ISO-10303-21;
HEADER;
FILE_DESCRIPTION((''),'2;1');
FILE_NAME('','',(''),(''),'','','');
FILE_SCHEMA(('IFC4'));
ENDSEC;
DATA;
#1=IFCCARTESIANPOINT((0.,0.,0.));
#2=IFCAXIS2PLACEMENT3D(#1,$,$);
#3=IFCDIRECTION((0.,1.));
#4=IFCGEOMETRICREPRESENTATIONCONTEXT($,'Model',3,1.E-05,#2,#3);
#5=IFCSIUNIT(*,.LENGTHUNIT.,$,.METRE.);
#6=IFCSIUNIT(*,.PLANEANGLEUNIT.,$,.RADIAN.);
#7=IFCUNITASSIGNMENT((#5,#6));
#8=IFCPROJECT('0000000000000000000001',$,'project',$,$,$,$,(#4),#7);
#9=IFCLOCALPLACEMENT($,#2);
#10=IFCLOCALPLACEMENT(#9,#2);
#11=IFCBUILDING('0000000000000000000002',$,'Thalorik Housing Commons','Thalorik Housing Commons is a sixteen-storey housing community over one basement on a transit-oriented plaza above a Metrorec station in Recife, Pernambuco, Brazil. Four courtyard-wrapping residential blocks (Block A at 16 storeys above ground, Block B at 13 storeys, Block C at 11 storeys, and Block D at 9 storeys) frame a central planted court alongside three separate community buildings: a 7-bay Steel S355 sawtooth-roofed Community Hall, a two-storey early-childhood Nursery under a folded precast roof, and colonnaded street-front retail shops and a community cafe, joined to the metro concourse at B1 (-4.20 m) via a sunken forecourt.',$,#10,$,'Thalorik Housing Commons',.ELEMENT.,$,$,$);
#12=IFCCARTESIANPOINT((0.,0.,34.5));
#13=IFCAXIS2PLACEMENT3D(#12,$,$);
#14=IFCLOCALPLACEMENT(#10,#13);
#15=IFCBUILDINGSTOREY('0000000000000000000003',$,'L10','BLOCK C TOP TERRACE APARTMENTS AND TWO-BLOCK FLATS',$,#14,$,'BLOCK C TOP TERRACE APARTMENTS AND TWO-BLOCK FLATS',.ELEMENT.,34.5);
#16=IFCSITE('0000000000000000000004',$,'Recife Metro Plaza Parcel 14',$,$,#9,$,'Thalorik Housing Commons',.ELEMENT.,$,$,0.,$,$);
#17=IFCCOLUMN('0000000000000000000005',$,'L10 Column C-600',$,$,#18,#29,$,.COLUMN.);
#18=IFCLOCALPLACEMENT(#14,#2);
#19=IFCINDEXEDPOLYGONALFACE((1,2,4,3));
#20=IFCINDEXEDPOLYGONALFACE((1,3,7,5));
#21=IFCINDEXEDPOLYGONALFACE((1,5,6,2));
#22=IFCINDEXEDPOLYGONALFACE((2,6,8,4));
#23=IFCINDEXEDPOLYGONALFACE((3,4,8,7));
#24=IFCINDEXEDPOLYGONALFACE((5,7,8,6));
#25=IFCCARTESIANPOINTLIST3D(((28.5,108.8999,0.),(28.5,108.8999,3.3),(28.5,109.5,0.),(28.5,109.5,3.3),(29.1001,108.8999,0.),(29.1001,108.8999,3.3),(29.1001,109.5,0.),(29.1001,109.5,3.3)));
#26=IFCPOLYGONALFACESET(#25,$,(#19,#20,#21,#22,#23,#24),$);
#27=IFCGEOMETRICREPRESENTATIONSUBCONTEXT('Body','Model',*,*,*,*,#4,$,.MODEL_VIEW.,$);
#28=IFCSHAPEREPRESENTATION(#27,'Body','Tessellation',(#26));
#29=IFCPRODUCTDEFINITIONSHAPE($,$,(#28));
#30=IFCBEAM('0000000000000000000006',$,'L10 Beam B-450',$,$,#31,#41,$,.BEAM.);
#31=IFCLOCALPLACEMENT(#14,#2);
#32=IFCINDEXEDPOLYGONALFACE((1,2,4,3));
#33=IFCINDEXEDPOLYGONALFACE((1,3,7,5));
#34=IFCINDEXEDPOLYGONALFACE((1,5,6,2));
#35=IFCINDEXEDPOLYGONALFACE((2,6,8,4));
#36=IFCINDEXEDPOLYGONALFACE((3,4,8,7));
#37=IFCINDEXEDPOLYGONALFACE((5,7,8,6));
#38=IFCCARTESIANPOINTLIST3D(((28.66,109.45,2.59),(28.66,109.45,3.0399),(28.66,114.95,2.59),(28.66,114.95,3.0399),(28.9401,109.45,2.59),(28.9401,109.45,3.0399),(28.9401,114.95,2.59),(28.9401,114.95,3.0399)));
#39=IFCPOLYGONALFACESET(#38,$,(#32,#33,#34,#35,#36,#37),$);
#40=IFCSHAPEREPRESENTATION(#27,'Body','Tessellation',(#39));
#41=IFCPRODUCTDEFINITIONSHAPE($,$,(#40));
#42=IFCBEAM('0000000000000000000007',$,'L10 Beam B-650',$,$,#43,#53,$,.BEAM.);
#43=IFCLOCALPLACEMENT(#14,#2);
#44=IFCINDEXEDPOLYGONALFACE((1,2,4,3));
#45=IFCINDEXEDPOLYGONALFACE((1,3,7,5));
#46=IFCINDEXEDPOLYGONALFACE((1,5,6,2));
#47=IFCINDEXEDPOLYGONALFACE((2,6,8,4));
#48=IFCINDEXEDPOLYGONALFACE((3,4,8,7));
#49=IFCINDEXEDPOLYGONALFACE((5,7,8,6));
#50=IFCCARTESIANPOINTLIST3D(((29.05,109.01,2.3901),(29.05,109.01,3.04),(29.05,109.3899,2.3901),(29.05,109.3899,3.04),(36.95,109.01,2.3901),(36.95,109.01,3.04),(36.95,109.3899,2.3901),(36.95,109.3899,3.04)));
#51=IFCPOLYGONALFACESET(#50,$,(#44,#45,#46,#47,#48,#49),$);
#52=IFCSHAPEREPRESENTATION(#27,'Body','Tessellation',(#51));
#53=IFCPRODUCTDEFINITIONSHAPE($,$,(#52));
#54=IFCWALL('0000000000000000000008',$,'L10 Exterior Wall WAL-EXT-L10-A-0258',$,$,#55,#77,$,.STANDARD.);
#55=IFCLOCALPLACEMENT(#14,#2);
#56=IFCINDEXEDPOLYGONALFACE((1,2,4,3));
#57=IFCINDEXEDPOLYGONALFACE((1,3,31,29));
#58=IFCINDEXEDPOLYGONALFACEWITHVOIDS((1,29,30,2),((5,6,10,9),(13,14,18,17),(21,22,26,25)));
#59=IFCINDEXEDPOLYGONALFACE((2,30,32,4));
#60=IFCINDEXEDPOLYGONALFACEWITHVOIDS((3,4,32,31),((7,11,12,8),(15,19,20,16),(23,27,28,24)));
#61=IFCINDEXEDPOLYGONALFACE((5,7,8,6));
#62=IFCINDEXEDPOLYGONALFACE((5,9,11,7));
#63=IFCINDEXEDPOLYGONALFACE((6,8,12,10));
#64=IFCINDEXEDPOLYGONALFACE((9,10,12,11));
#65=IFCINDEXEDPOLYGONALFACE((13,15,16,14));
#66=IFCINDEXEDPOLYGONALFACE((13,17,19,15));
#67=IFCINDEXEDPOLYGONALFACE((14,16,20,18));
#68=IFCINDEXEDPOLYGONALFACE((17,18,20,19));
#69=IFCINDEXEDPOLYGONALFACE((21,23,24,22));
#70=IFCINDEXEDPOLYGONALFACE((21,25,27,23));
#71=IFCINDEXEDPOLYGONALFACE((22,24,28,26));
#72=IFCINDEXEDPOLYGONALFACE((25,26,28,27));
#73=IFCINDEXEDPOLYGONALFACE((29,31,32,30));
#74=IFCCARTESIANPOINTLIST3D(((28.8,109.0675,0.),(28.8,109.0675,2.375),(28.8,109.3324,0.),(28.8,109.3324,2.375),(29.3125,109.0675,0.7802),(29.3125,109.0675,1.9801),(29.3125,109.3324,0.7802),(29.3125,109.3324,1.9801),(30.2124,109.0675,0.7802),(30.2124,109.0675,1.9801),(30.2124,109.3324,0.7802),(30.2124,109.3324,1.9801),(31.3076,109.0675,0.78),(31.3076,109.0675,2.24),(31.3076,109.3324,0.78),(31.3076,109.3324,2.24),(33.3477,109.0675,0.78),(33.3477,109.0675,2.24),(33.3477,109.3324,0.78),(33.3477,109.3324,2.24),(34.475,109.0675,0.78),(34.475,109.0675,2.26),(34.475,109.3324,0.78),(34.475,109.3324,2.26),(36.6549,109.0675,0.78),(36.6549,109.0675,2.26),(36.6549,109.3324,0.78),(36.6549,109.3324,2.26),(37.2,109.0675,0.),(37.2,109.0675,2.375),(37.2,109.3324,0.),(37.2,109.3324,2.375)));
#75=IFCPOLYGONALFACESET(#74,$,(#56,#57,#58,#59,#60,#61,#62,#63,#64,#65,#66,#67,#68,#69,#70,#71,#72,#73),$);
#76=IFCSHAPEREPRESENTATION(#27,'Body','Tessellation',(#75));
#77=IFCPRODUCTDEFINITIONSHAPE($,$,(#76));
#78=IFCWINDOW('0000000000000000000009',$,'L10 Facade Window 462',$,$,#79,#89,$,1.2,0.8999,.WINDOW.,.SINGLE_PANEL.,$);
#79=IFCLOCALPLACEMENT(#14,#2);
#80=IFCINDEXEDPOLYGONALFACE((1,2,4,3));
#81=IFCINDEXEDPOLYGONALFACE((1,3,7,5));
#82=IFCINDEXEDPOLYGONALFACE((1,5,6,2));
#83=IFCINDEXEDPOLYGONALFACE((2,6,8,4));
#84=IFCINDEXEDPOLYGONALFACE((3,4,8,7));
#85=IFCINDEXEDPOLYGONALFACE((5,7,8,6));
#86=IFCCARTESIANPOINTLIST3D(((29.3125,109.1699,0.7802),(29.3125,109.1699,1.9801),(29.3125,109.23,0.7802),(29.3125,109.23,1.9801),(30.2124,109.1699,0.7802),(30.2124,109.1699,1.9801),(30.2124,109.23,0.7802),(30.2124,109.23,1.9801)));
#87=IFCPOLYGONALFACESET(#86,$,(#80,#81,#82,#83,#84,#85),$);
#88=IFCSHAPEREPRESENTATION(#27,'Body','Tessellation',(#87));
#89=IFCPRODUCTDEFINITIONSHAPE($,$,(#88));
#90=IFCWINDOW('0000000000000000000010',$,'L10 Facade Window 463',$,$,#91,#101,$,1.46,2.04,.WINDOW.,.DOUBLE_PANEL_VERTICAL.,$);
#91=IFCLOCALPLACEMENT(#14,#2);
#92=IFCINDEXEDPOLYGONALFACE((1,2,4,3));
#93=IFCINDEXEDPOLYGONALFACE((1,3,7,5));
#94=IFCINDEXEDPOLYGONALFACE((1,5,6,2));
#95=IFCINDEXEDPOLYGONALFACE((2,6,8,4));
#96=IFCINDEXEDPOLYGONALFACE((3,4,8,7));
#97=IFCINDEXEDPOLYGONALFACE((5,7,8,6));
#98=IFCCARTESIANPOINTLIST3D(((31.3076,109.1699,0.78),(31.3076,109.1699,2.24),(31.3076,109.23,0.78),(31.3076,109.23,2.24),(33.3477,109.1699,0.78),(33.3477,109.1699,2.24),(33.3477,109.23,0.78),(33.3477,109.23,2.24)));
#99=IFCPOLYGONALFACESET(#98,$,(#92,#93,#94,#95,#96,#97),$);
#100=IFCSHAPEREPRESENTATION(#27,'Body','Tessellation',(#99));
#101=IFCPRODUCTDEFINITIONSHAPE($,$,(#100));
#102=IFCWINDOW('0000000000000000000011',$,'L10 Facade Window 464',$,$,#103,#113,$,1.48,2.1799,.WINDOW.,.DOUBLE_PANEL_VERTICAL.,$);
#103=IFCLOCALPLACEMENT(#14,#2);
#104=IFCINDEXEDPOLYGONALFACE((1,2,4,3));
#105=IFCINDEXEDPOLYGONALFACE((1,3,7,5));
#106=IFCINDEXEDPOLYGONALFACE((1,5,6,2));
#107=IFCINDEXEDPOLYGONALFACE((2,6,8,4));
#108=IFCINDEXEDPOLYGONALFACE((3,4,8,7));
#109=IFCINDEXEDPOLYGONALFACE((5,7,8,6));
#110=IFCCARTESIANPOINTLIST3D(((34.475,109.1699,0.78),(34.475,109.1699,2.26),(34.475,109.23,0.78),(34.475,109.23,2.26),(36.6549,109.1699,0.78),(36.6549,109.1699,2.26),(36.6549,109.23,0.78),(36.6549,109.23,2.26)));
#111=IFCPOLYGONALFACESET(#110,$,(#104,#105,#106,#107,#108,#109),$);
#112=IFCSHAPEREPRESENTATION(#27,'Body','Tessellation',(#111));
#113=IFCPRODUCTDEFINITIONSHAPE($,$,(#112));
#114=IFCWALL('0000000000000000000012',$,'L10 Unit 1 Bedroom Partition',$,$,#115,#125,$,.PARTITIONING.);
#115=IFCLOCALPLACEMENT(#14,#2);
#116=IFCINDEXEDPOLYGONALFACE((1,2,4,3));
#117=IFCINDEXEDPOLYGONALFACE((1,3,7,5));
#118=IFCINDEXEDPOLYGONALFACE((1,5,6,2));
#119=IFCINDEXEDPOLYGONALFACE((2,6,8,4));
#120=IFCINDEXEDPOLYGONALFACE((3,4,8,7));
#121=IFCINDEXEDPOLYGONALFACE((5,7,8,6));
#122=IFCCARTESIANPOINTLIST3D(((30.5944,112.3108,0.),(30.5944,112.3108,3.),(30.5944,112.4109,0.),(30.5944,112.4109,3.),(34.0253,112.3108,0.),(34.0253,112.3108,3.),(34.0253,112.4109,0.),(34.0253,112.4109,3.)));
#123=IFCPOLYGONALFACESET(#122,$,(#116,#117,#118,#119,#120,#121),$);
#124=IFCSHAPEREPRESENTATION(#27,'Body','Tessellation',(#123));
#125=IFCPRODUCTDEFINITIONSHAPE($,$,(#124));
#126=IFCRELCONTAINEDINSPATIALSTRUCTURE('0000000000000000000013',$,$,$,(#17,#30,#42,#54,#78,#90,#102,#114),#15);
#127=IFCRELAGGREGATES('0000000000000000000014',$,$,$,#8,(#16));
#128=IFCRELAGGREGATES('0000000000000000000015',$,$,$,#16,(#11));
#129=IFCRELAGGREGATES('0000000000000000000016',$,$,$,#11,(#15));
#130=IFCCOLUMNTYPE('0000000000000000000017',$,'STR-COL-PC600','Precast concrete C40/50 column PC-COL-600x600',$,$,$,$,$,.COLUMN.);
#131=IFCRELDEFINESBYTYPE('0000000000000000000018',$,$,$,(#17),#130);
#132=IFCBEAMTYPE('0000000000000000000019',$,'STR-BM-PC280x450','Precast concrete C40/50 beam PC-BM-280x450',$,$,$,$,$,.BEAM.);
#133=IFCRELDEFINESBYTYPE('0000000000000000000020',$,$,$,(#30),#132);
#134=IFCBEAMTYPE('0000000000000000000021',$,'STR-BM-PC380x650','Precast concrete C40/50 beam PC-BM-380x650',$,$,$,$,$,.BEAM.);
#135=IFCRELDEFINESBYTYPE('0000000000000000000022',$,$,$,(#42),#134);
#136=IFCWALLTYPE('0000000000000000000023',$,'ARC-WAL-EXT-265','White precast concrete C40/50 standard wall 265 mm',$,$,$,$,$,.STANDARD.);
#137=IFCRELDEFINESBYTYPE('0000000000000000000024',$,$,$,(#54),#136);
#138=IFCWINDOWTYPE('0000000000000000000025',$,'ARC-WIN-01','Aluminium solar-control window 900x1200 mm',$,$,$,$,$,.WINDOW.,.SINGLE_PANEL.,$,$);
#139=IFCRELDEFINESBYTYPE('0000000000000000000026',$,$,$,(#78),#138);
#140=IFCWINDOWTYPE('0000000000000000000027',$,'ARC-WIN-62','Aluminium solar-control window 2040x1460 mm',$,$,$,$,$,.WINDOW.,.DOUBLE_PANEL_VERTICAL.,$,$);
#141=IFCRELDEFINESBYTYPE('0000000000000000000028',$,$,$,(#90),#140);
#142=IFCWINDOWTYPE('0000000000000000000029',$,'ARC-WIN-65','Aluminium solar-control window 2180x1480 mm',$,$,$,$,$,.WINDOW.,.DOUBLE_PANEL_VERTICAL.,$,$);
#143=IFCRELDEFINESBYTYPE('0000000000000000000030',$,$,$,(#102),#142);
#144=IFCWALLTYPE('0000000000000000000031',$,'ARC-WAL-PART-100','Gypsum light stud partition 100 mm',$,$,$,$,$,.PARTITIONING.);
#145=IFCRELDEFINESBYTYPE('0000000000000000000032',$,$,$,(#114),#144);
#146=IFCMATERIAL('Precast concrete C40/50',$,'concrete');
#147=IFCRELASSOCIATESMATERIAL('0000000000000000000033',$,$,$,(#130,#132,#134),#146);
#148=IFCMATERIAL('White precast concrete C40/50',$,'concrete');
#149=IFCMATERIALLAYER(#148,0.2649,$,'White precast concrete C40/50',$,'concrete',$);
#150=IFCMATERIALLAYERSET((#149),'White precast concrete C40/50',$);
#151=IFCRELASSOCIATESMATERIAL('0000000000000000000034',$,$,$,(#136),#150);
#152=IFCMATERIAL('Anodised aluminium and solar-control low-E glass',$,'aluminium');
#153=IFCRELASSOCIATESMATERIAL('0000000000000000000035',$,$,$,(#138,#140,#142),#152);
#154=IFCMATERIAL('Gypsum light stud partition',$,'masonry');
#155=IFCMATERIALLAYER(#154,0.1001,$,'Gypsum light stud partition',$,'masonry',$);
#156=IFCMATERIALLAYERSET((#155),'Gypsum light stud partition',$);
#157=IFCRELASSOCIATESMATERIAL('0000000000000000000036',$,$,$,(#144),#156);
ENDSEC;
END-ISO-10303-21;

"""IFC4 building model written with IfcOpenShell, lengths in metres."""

from ifc_helpers import new_model, si_unit, direction, frame, frame_2d, origin, origin_2d, place, context, subcontext, project, spatial, rectangle, extrude, material, layer, layer_set, material_profile, profile_set, type_object, element, fill, save


model = new_model("IFC4")

# Units and contexts
model_context = context("Model", 3, precision=1e-05, world=origin(), true_north=direction((0.0, 1.0)))
body_context = subcontext(model_context, "Body", "Model", "MODEL_VIEW")
ifc_project = project(units=[si_unit("LENGTHUNIT", "METRE"), si_unit("PLANEANGLEUNIT", "RADIAN")], contexts=[model_context])

# Site, building, storey
site_placement = place(None, origin())
site = spatial("IfcSite", under=ifc_project, at=site_placement, Name="Recife Metro Plaza Parcel 14", LongName="Thalorik Housing Commons", CompositionType="ELEMENT", RefElevation=0.0)
building_placement = place(site_placement, origin())
building = spatial("IfcBuilding", under=site, at=building_placement, Name="Thalorik Housing Commons", Description="Thalorik Housing Commons is a sixteen-storey housing community over one basement on a transit-oriented plaza above a Metrorec station in Recife, Pernambuco, Brazil. Four courtyard-wrapping residential blocks (Block A at 16 storeys above ground, Block B at 13 storeys, Block C at 11 storeys, and Block D at 9 storeys) frame a central planted court alongside three separate community buildings: a 7-bay Steel S355 sawtooth-roofed Community Hall, a two-storey early-childhood Nursery under a folded precast roof, and colonnaded street-front retail shops and a community cafe, joined to the metro concourse at B1 (-4.20 m) via a sunken forecourt.", LongName="Thalorik Housing Commons", CompositionType="ELEMENT")
storey_placement = place(building_placement, frame((0.0, 0.0, 34.5)))
storey = spatial("IfcBuildingStorey", under=building, at=storey_placement, Name="L10", Description="BLOCK C TOP TERRACE APARTMENTS AND TWO-BLOCK FLATS", LongName="BLOCK C TOP TERRACE APARTMENTS AND TWO-BLOCK FLATS", CompositionType="ELEMENT", Elevation=34.5)

# Column
ifc_material_1 = material(Name="Precast concrete C40/50", Category="concrete")
ifc_material_profile_1 = material_profile(ifc_material_1, rectangle(XDim=0.6001, YDim=0.6001, at=origin_2d()), Name="PC 600x600", Category="concrete")
ifc_profile_set_1 = profile_set([ifc_material_profile_1], Name="Precast concrete C40/50")
column_type = type_object("IfcColumnType", Name="STR-COL-PC600", Description="Precast concrete C40/50 column PC-COL-600x600", PredefinedType="COLUMN", material=ifc_profile_set_1)
column_placement = place(storey_placement, frame((28.8, 109.2, 0.0), z_axis=(0.0, 0.0, 1.0), x_axis=(1.0, 0.0, 0.0)))
element("IfcColumn", 1, at=column_placement, inside=storey, type_object=column_type, Name="L10 Column C-600", PredefinedType="COLUMN", context=body_context, shape_type="SweptSolid", body=[
    extrude(rectangle(XDim=0.6001, YDim=0.6001, at=origin_2d()), origin(), (0.0, 0.0, 1.0), 3.3),
])

# Beams
ifc_material_profile_2 = material_profile(ifc_material_1, rectangle(XDim=0.28, YDim=0.45, at=origin_2d()), Name="PC 280x450", Category="concrete")
ifc_profile_set_2 = profile_set([ifc_material_profile_2], Name="Precast concrete C40/50")
beam_type_1 = type_object("IfcBeamType", Name="STR-BM-PC280x450", Description="Precast concrete C40/50 beam PC-BM-280x450", PredefinedType="BEAM", material=ifc_profile_set_2)
beam_1_placement = place(storey_placement, frame((28.8, 109.45, 2.8149), z_axis=(0.0, 1.0, 0.0), x_axis=(-1.0, 0.0, 0.0)))
element("IfcBeam", 2, at=beam_1_placement, inside=storey, type_object=beam_type_1, Name="L10 Beam B-450", PredefinedType="BEAM", context=body_context, shape_type="SweptSolid", body=[
    extrude(rectangle(XDim=0.28, YDim=0.45, at=origin_2d()), origin(), (0.0, 0.0, 1.0), 5.5),
])
ifc_material_profile_3 = material_profile(ifc_material_1, rectangle(XDim=0.3799, YDim=0.6499, at=origin_2d()), Name="PC 380x650", Category="concrete")
ifc_profile_set_3 = profile_set([ifc_material_profile_3], Name="Precast concrete C40/50")
beam_type_2 = type_object("IfcBeamType", Name="STR-BM-PC380x650", Description="Precast concrete C40/50 beam PC-BM-380x650", PredefinedType="BEAM", material=ifc_profile_set_3)
beam_2_placement = place(storey_placement, frame((29.05, 109.2, 2.7151), z_axis=(1.0, 0.0, 0.0), x_axis=(0.0, 1.0, 0.0)))
element("IfcBeam", 3, at=beam_2_placement, inside=storey, type_object=beam_type_2, Name="L10 Beam B-650", PredefinedType="BEAM", context=body_context, shape_type="SweptSolid", body=[
    extrude(rectangle(XDim=0.3799, YDim=0.6499, at=origin_2d()), origin(), (0.0, 0.0, 1.0), 7.8999),
])

# Wall, openings, windows
ifc_material_2 = material(Name="White precast concrete C40/50", Category="concrete")
ifc_layer_1 = layer(ifc_material_2, 0.2649, Name="White precast concrete C40/50", Category="concrete")
ifc_layer_set_1 = layer_set([ifc_layer_1], Name="White precast concrete C40/50")
wall_type_1 = type_object("IfcWallType", Name="ARC-WAL-EXT-265", Description="White precast concrete C40/50 standard wall 265 mm", PredefinedType="STANDARD", material=ifc_layer_set_1)
wall_1_placement = place(storey_placement, frame((28.8, 109.2, 0.0), z_axis=(0.0, 0.0, 1.0), x_axis=(1.0, 0.0, 0.0)))
wall_1 = element("IfcWall", 4, at=wall_1_placement, inside=storey, type_object=wall_type_1, Name="L10 Exterior Wall WAL-EXT-L10-A-0258", PredefinedType="STANDARD", context=body_context, shape_type="SweptSolid", body=[
    extrude(rectangle(XDim=8.3999, YDim=0.2649, at=frame_2d((4.2, 0.0))), origin(), (0.0, 0.0, 1.0), 2.375),
])
opening_1_placement = place(wall_1_placement, frame((0.5125, 0.0, 0.78)))
opening_1 = element("IfcOpeningElement", 5, at=opening_1_placement, cuts=wall_1, PredefinedType="OPENING", context=body_context, shape_type="SweptSolid", body=[
    extrude(rectangle(XDim=0.8999, YDim=1.2, at=frame_2d((0.45, 0.6001))), frame((0.0, 0.1426, 0.0), z_axis=(0.0, -1.0, 0.0), x_axis=(1.0, 0.0, 0.0)), (0.0, 0.0, 1.0), 0.2849),
])
opening_2_placement = place(wall_1_placement, frame((2.5076, 0.0, 0.78)))
opening_2 = element("IfcOpeningElement", 6, at=opening_2_placement, cuts=wall_1, PredefinedType="OPENING", context=body_context, shape_type="SweptSolid", body=[
    extrude(rectangle(XDim=2.04, YDim=1.46, at=frame_2d((1.02, 0.73))), frame((0.0, 0.1426, 0.0), z_axis=(0.0, -1.0, 0.0), x_axis=(1.0, 0.0, 0.0)), (0.0, 0.0, 1.0), 0.2849),
])
opening_3_placement = place(wall_1_placement, frame((5.675, 0.0, 0.78)))
opening_3 = element("IfcOpeningElement", 7, at=opening_3_placement, cuts=wall_1, PredefinedType="OPENING", context=body_context, shape_type="SweptSolid", body=[
    extrude(rectangle(XDim=2.1799, YDim=1.48, at=frame_2d((1.0898, 0.74))), frame((0.0, 0.1426, 0.0), z_axis=(0.0, -1.0, 0.0), x_axis=(1.0, 0.0, 0.0)), (0.0, 0.0, 1.0), 0.2849),
])
ifc_material_3 = material(Name="Anodised aluminium and solar-control low-E glass", Category="aluminium")
window_type_1 = type_object("IfcWindowType", Name="ARC-WIN-01", Description="Aluminium solar-control window 900x1200 mm", PartitioningType="SINGLE_PANEL", PredefinedType="WINDOW", material=ifc_material_3)
window_1_placement = place(opening_1_placement, origin())
window_1 = element("IfcWindow", 8, at=window_1_placement, inside=storey, type_object=window_type_1, Name="L10 Facade Window 462", OverallHeight=1.2, OverallWidth=0.8999, PartitioningType="SINGLE_PANEL", PredefinedType="WINDOW", context=body_context, shape_type="SweptSolid", body=[
    extrude(rectangle(XDim=0.8999, YDim=1.2, at=frame_2d((0.45, 0.6001))), frame((0.0, 0.03, 0.0), z_axis=(0.0, -1.0, 0.0), x_axis=(1.0, 0.0, 0.0)), (0.0, 0.0, 1.0), 0.0601),
])
fill(opening_1, window_1)
window_type_2 = type_object("IfcWindowType", Name="ARC-WIN-62", Description="Aluminium solar-control window 2040x1460 mm", PartitioningType="DOUBLE_PANEL_VERTICAL", PredefinedType="WINDOW", material=ifc_material_3)
window_2_placement = place(opening_2_placement, origin())
window_2 = element("IfcWindow", 9, at=window_2_placement, inside=storey, type_object=window_type_2, Name="L10 Facade Window 463", OverallHeight=1.46, OverallWidth=2.04, PartitioningType="DOUBLE_PANEL_VERTICAL", PredefinedType="WINDOW", context=body_context, shape_type="SweptSolid", body=[
    extrude(rectangle(XDim=2.04, YDim=1.46, at=frame_2d((1.02, 0.73))), frame((0.0, 0.03, 0.0), z_axis=(0.0, -1.0, 0.0), x_axis=(1.0, 0.0, 0.0)), (0.0, 0.0, 1.0), 0.0601),
])
fill(opening_2, window_2)
window_type_3 = type_object("IfcWindowType", Name="ARC-WIN-65", Description="Aluminium solar-control window 2180x1480 mm", PartitioningType="DOUBLE_PANEL_VERTICAL", PredefinedType="WINDOW", material=ifc_material_3)
window_3_placement = place(opening_3_placement, origin())
window_3 = element("IfcWindow", 10, at=window_3_placement, inside=storey, type_object=window_type_3, Name="L10 Facade Window 464", OverallHeight=1.48, OverallWidth=2.1799, PartitioningType="DOUBLE_PANEL_VERTICAL", PredefinedType="WINDOW", context=body_context, shape_type="SweptSolid", body=[
    extrude(rectangle(XDim=2.1799, YDim=1.48, at=frame_2d((1.0898, 0.74))), frame((0.0, 0.03, 0.0), z_axis=(0.0, -1.0, 0.0), x_axis=(1.0, 0.0, 0.0)), (0.0, 0.0, 1.0), 0.0601),
])
fill(opening_3, window_3)

# Wall
ifc_material_4 = material(Name="Gypsum light stud partition", Category="masonry")
ifc_layer_2 = layer(ifc_material_4, 0.1001, Name="Gypsum light stud partition", Category="masonry")
ifc_layer_set_2 = layer_set([ifc_layer_2], Name="Gypsum light stud partition")
wall_type_2 = type_object("IfcWallType", Name="ARC-WAL-PART-100", Description="Gypsum light stud partition 100 mm", PredefinedType="PARTITIONING", material=ifc_layer_set_2)
wall_2_placement = place(storey_placement, frame((30.5945, 112.3608, 0.0), z_axis=(0.0, 0.0, 1.0), x_axis=(1.0, 0.0, 0.0)))
element("IfcWall", 11, at=wall_2_placement, inside=storey, type_object=wall_type_2, Name="L10 Unit 1 Bedroom Partition", PredefinedType="PARTITIONING", context=body_context, shape_type="SweptSolid", body=[
    extrude(rectangle(XDim=3.4309, YDim=0.1001, at=frame_2d((1.7153, 0.0))), origin(), (0.0, 0.0, 1.0), 3.0),
])

save(model, "model.ifc")
